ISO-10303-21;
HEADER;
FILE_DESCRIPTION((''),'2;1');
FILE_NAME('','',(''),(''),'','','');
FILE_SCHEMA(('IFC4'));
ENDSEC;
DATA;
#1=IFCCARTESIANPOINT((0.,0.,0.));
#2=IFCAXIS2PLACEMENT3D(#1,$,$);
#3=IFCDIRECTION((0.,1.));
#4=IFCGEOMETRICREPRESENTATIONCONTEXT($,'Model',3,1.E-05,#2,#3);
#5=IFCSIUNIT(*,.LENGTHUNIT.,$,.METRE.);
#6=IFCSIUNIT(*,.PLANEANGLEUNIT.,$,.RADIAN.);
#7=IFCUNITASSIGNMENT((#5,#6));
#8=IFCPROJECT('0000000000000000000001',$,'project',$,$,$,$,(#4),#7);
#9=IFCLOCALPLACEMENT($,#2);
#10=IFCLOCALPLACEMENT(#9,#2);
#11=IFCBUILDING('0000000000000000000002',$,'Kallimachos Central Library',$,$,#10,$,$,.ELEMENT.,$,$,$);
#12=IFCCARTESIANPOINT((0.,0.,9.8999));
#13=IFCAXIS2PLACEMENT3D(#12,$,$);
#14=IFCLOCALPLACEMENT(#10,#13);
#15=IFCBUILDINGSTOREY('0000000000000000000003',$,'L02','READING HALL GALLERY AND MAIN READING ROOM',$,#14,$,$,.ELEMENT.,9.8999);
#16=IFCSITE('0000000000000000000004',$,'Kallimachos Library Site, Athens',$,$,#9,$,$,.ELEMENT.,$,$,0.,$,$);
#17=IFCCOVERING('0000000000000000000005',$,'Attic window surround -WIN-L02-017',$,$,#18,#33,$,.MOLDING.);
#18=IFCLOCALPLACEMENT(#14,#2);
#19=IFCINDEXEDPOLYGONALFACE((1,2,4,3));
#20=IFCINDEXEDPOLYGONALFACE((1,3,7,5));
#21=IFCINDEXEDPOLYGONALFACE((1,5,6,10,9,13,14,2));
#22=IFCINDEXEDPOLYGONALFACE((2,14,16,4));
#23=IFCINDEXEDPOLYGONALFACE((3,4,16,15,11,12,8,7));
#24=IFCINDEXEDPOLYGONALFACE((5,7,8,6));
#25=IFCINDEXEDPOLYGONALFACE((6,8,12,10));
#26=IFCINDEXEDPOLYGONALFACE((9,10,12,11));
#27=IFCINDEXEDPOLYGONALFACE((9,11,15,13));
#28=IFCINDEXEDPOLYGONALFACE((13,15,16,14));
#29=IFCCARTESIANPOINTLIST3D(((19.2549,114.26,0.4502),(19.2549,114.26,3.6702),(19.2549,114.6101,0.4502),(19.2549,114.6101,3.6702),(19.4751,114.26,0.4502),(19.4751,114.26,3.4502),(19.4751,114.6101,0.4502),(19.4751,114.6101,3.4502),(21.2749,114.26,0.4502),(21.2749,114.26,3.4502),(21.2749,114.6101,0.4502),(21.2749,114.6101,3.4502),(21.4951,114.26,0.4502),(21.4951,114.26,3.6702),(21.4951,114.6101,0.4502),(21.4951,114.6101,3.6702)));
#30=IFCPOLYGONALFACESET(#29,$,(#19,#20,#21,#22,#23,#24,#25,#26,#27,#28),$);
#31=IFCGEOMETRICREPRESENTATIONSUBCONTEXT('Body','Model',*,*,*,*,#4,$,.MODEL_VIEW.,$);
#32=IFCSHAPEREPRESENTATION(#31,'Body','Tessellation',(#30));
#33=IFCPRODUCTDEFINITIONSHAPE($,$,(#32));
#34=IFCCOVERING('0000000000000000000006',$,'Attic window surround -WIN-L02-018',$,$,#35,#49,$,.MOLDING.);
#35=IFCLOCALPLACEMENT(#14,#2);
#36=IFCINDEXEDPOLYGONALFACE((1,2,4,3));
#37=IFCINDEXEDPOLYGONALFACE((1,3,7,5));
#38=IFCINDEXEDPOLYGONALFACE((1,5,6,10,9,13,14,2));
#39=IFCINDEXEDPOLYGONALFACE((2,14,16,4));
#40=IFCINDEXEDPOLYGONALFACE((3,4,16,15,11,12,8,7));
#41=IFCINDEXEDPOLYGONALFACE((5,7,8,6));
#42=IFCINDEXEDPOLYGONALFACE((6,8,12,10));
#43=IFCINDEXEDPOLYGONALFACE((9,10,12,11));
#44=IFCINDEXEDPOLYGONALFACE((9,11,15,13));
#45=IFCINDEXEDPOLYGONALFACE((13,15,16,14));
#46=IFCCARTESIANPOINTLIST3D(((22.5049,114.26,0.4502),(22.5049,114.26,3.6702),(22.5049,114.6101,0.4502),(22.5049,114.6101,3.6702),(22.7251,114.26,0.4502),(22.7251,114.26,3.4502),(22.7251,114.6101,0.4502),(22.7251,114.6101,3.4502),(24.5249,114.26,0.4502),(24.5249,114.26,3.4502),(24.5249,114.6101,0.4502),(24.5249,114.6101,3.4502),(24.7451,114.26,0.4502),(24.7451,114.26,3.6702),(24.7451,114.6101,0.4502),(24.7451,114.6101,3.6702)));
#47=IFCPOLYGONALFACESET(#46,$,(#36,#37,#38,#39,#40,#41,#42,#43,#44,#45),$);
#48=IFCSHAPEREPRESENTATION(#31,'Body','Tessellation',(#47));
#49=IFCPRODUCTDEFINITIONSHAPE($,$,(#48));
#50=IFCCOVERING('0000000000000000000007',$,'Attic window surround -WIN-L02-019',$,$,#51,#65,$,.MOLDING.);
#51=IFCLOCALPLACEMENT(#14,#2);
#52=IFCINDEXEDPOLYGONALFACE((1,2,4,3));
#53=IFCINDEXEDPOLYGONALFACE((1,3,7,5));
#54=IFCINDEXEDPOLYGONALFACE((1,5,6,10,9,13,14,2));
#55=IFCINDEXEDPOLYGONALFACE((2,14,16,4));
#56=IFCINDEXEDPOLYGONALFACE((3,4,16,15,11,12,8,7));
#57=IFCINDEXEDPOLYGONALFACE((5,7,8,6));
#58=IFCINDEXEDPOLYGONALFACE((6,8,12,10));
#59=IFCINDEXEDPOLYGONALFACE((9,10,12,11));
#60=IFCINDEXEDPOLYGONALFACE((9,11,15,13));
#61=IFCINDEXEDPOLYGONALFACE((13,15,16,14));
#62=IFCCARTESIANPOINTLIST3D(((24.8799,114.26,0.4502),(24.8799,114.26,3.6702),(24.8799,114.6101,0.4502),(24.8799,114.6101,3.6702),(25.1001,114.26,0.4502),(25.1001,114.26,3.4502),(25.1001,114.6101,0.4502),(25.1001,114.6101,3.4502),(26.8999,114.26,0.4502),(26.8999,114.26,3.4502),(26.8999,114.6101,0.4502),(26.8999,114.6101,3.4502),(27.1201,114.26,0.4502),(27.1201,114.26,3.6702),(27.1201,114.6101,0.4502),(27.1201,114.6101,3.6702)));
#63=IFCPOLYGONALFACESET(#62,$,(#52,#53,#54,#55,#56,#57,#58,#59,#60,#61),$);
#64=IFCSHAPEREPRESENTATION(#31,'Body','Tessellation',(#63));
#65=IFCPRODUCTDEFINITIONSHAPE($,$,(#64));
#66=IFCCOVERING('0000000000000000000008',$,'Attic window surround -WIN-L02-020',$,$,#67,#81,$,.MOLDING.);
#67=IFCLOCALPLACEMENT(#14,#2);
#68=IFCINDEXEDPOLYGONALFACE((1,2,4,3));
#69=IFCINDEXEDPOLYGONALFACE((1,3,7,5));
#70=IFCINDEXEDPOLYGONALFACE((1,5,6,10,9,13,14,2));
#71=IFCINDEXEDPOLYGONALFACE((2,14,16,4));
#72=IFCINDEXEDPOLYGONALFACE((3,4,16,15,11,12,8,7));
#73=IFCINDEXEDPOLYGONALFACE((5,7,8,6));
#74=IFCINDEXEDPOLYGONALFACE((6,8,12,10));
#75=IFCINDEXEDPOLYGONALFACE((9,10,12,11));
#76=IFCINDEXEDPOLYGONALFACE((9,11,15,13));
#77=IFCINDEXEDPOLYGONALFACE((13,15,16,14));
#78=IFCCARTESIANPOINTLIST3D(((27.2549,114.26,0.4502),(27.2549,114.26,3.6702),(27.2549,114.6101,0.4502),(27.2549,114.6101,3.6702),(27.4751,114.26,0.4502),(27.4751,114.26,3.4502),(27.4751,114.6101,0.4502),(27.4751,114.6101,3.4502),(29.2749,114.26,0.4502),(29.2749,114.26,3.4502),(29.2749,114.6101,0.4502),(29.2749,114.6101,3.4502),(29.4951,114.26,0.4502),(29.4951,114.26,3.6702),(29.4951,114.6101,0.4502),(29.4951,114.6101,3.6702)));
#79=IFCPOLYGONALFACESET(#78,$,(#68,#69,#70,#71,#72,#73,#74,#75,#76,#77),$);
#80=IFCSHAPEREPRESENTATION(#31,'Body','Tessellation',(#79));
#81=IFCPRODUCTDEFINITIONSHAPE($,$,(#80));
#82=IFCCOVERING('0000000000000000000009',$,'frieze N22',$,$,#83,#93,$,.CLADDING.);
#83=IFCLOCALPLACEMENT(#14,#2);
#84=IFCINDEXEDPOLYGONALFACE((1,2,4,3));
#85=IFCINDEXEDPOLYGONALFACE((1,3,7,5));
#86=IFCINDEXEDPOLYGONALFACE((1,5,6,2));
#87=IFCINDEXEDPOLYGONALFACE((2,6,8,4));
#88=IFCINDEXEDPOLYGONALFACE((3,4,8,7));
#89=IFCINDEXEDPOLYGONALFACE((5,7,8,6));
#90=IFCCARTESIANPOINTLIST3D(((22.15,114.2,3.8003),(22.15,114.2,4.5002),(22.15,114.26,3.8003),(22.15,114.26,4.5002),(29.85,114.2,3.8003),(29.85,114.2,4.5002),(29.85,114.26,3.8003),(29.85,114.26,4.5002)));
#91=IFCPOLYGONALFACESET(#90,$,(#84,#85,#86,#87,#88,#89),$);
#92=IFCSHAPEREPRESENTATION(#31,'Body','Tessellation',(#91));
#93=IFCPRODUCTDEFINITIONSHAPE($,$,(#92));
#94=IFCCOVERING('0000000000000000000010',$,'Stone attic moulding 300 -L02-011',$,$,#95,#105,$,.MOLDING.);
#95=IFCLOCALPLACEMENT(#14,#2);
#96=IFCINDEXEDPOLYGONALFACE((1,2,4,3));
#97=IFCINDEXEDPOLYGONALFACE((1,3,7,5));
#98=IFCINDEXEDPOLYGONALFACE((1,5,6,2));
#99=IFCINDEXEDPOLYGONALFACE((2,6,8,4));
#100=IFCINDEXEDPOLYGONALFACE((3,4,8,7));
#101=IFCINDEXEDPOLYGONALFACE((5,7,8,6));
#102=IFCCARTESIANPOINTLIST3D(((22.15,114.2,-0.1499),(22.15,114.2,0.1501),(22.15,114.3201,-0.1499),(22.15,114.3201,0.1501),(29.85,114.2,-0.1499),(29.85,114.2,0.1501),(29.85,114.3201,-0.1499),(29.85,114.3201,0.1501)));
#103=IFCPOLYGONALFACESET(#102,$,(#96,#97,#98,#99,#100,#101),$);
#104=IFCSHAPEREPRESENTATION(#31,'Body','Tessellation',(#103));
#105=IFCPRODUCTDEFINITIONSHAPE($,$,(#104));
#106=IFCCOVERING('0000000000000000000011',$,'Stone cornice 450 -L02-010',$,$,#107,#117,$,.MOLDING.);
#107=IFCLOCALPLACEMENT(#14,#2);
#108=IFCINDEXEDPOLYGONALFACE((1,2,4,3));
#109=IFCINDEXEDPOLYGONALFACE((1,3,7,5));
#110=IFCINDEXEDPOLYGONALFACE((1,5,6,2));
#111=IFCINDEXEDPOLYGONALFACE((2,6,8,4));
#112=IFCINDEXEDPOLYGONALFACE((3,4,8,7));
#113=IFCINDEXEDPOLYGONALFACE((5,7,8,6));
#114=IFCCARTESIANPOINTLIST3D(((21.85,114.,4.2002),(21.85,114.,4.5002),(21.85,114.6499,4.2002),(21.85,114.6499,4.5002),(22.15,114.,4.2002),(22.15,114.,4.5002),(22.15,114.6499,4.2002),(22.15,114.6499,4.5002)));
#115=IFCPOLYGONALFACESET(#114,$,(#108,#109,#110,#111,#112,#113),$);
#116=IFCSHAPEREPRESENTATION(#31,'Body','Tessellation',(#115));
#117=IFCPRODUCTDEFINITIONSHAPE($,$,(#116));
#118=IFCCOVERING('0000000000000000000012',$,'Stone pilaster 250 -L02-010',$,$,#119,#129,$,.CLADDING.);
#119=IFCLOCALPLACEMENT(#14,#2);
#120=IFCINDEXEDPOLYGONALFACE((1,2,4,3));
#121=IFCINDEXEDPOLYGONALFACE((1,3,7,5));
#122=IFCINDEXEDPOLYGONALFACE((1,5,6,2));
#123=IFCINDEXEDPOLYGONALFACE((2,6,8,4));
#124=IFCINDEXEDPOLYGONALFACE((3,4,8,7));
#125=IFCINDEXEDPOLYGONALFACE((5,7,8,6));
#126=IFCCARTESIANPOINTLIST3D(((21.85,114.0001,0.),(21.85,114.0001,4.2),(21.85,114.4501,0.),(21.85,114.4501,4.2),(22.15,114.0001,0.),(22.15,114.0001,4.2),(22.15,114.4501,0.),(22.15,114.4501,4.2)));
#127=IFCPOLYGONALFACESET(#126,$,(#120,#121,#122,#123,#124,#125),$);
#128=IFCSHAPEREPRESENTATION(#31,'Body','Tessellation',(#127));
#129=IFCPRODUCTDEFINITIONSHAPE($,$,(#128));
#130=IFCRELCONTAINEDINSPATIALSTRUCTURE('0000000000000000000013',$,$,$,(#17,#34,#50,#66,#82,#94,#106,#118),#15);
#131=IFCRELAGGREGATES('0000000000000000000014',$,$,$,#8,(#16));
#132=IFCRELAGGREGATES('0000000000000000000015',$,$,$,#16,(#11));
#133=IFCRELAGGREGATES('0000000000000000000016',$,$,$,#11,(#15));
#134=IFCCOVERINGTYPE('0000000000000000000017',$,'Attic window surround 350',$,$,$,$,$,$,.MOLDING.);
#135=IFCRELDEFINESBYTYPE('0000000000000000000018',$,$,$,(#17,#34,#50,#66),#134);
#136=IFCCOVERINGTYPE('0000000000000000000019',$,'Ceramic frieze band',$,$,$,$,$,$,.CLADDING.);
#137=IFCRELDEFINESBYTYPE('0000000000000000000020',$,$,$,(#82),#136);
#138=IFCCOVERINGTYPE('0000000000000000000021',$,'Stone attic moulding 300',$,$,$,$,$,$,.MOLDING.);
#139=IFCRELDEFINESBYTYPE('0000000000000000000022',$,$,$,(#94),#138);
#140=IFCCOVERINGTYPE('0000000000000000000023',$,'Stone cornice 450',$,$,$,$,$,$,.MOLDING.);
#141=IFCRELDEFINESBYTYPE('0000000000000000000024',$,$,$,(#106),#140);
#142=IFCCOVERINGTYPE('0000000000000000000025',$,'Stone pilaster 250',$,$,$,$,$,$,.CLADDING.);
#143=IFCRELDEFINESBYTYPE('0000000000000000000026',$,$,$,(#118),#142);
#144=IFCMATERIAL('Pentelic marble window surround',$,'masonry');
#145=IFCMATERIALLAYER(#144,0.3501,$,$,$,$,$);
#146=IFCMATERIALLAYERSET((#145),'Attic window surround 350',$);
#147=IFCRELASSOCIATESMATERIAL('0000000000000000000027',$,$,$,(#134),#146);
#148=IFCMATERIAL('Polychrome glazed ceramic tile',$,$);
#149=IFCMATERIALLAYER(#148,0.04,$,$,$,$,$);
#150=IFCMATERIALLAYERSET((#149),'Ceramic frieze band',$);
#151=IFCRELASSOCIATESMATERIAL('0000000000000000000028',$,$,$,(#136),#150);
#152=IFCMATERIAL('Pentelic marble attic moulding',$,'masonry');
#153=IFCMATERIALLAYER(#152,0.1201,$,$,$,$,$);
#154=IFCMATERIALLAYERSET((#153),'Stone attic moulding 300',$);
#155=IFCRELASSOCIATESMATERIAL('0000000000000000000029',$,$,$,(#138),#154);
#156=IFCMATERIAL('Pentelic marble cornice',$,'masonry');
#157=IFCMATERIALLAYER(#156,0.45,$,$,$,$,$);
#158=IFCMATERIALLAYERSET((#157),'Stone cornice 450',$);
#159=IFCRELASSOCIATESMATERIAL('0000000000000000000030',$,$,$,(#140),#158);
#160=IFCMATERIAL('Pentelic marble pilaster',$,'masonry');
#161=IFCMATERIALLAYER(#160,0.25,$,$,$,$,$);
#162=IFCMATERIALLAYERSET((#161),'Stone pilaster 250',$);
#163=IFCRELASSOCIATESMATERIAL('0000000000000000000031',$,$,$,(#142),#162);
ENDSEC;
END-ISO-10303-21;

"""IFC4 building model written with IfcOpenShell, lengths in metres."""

from ifc_helpers import new_model, si_unit, direction, frame, origin, origin_2d, place, context, subcontext, project, spatial, polyline, rectangle, outline, extrude, material, layer, layer_set, type_object, element, save


model = new_model("IFC4")

# Units and contexts
model_context = context("Model", 3, precision=1e-05, world=origin(), true_north=direction((0.0, 1.0)))
body_context = subcontext(model_context, "Body", "Model", "MODEL_VIEW")
ifc_project = project(units=[si_unit("LENGTHUNIT", "METRE"), si_unit("PLANEANGLEUNIT", "RADIAN")], contexts=[model_context])

# Site, building, storey
site_placement = place(None, origin())
site = spatial("IfcSite", under=ifc_project, at=site_placement, Name="Kallimachos Library Site, Athens", CompositionType="ELEMENT", RefElevation=0.0)
building_placement = place(site_placement, origin())
building = spatial("IfcBuilding", under=site, at=building_placement, Name="Kallimachos Central Library", CompositionType="ELEMENT")
storey_placement = place(building_placement, frame((0.0, 0.0, 9.8999)))
storey = spatial("IfcBuildingStorey", under=building, at=storey_placement, Name="L02", Description="READING HALL GALLERY AND MAIN READING ROOM", CompositionType="ELEMENT", Elevation=9.8999)

# Coverings
ifc_material_1 = material(Name="Pentelic marble window surround", Category="masonry")
ifc_layer_1 = layer(ifc_material_1, 0.3501)
ifc_layer_set_1 = layer_set([ifc_layer_1], Name="Attic window surround 350")
covering_type_1 = type_object("IfcCoveringType", Name="Attic window surround 350", PredefinedType="MOLDING", material=ifc_layer_set_1)
for number, where, z_axis, x_axis, name in (
    (1, (19.2549, 114.6101, 0.4502), (0.0, 1.0, 0.0), (0.0, 0.0, 1.0), "Attic window surround -WIN-L02-017"),
    (2, (22.5049, 114.6101, 0.4502), (0.0, 1.0, 0.0), (0.0, 0.0, 1.0), "Attic window surround -WIN-L02-018"),
    (3, (24.8799, 114.6101, 0.4502), (0.0, 1.0, 0.0), (0.0, 0.0, 1.0), "Attic window surround -WIN-L02-019"),
    (4, (27.2549, 114.6101, 0.4502), (0.0, 1.0, 0.0), (0.0, 0.0, 1.0), "Attic window surround -WIN-L02-020"),
):
    element("IfcCovering", number, at=place(storey_placement, frame(where, z_axis=z_axis, x_axis=x_axis)), inside=storey, type_object=covering_type_1, Name=name, PredefinedType="MOLDING", context=body_context, shape_type="SweptSolid", body=[
        extrude(outline(polyline([(0.0, 0.0), (3.22, 0.0), (3.22, 2.2402), (0.0, 2.2402), (0.0, 2.02), (3.0, 2.02), (3.0, 0.2202), (0.0, 0.2202), (0.0, 0.0)])), origin(), (0.0, 0.0, -1.0), 0.3501),
    ])
ifc_material_2 = material(Name="Polychrome glazed ceramic tile")
ifc_layer_2 = layer(ifc_material_2, 0.04)
ifc_layer_set_2 = layer_set([ifc_layer_2], Name="Ceramic frieze band")
covering_type_2 = type_object("IfcCoveringType", Name="Ceramic frieze band", PredefinedType="CLADDING", material=ifc_layer_set_2)
covering_1_placement = place(storey_placement, frame((26.0, 114.23, 3.8003), z_axis=(0.0, 0.0, 1.0), x_axis=(1.0, 0.0, 0.0)))
element("IfcCovering", 5, at=covering_1_placement, inside=storey, type_object=covering_type_2, Name="frieze N22", PredefinedType="CLADDING", context=body_context, shape_type="SweptSolid", body=[
    extrude(rectangle(XDim=7.7, YDim=0.0601, at=origin_2d()), origin(), (0.0, 0.0, 1.0), 0.7),
])
ifc_material_3 = material(Name="Pentelic marble attic moulding", Category="masonry")
ifc_layer_3 = layer(ifc_material_3, 0.1201)
ifc_layer_set_3 = layer_set([ifc_layer_3], Name="Stone attic moulding 300")
covering_type_3 = type_object("IfcCoveringType", Name="Stone attic moulding 300", PredefinedType="MOLDING", material=ifc_layer_set_3)
covering_2_placement = place(storey_placement, frame((26.0, 114.26, -0.1499), z_axis=(0.0, 0.0, 1.0), x_axis=(1.0, 0.0, 0.0)))
element("IfcCovering", 6, at=covering_2_placement, inside=storey, type_object=covering_type_3, Name="Stone attic moulding 300 -L02-011", PredefinedType="MOLDING", context=body_context, shape_type="SweptSolid", body=[
    extrude(rectangle(XDim=7.7, YDim=0.1201, at=origin_2d()), origin(), (0.0, 0.0, 1.0), 0.3),
])
ifc_material_4 = material(Name="Pentelic marble cornice", Category="masonry")
ifc_layer_4 = layer(ifc_material_4, 0.45)
ifc_layer_set_4 = layer_set([ifc_layer_4], Name="Stone cornice 450")
covering_type_4 = type_object("IfcCoveringType", Name="Stone cornice 450", PredefinedType="MOLDING", material=ifc_layer_set_4)
covering_3_placement = place(storey_placement, frame((22.0, 114.325, 4.2002), z_axis=(0.0, 0.0, 1.0), x_axis=(1.0, 0.0, 0.0)))
element("IfcCovering", 7, at=covering_3_placement, inside=storey, type_object=covering_type_4, Name="Stone cornice 450 -L02-010", PredefinedType="MOLDING", context=body_context, shape_type="SweptSolid", body=[
    extrude(rectangle(XDim=0.3, YDim=0.6499, at=origin_2d()), origin(), (0.0, 0.0, 1.0), 0.3),
])
ifc_material_5 = material(Name="Pentelic marble pilaster", Category="masonry")
ifc_layer_5 = layer(ifc_material_5, 0.25)
ifc_layer_set_5 = layer_set([ifc_layer_5], Name="Stone pilaster 250")
covering_type_5 = type_object("IfcCoveringType", Name="Stone pilaster 250", PredefinedType="CLADDING", material=ifc_layer_set_5)
covering_4_placement = place(storey_placement, frame((22.0, 114.2251, 0.0), z_axis=(0.0, 0.0, 1.0), x_axis=(1.0, 0.0, 0.0)))
element("IfcCovering", 8, at=covering_4_placement, inside=storey, type_object=covering_type_5, Name="Stone pilaster 250 -L02-010", PredefinedType="CLADDING", context=body_context, shape_type="SweptSolid", body=[
    extrude(rectangle(XDim=0.3, YDim=0.45, at=origin_2d()), origin(), (0.0, 0.0, 1.0), 4.2),
])

save(model, "model.ifc")
